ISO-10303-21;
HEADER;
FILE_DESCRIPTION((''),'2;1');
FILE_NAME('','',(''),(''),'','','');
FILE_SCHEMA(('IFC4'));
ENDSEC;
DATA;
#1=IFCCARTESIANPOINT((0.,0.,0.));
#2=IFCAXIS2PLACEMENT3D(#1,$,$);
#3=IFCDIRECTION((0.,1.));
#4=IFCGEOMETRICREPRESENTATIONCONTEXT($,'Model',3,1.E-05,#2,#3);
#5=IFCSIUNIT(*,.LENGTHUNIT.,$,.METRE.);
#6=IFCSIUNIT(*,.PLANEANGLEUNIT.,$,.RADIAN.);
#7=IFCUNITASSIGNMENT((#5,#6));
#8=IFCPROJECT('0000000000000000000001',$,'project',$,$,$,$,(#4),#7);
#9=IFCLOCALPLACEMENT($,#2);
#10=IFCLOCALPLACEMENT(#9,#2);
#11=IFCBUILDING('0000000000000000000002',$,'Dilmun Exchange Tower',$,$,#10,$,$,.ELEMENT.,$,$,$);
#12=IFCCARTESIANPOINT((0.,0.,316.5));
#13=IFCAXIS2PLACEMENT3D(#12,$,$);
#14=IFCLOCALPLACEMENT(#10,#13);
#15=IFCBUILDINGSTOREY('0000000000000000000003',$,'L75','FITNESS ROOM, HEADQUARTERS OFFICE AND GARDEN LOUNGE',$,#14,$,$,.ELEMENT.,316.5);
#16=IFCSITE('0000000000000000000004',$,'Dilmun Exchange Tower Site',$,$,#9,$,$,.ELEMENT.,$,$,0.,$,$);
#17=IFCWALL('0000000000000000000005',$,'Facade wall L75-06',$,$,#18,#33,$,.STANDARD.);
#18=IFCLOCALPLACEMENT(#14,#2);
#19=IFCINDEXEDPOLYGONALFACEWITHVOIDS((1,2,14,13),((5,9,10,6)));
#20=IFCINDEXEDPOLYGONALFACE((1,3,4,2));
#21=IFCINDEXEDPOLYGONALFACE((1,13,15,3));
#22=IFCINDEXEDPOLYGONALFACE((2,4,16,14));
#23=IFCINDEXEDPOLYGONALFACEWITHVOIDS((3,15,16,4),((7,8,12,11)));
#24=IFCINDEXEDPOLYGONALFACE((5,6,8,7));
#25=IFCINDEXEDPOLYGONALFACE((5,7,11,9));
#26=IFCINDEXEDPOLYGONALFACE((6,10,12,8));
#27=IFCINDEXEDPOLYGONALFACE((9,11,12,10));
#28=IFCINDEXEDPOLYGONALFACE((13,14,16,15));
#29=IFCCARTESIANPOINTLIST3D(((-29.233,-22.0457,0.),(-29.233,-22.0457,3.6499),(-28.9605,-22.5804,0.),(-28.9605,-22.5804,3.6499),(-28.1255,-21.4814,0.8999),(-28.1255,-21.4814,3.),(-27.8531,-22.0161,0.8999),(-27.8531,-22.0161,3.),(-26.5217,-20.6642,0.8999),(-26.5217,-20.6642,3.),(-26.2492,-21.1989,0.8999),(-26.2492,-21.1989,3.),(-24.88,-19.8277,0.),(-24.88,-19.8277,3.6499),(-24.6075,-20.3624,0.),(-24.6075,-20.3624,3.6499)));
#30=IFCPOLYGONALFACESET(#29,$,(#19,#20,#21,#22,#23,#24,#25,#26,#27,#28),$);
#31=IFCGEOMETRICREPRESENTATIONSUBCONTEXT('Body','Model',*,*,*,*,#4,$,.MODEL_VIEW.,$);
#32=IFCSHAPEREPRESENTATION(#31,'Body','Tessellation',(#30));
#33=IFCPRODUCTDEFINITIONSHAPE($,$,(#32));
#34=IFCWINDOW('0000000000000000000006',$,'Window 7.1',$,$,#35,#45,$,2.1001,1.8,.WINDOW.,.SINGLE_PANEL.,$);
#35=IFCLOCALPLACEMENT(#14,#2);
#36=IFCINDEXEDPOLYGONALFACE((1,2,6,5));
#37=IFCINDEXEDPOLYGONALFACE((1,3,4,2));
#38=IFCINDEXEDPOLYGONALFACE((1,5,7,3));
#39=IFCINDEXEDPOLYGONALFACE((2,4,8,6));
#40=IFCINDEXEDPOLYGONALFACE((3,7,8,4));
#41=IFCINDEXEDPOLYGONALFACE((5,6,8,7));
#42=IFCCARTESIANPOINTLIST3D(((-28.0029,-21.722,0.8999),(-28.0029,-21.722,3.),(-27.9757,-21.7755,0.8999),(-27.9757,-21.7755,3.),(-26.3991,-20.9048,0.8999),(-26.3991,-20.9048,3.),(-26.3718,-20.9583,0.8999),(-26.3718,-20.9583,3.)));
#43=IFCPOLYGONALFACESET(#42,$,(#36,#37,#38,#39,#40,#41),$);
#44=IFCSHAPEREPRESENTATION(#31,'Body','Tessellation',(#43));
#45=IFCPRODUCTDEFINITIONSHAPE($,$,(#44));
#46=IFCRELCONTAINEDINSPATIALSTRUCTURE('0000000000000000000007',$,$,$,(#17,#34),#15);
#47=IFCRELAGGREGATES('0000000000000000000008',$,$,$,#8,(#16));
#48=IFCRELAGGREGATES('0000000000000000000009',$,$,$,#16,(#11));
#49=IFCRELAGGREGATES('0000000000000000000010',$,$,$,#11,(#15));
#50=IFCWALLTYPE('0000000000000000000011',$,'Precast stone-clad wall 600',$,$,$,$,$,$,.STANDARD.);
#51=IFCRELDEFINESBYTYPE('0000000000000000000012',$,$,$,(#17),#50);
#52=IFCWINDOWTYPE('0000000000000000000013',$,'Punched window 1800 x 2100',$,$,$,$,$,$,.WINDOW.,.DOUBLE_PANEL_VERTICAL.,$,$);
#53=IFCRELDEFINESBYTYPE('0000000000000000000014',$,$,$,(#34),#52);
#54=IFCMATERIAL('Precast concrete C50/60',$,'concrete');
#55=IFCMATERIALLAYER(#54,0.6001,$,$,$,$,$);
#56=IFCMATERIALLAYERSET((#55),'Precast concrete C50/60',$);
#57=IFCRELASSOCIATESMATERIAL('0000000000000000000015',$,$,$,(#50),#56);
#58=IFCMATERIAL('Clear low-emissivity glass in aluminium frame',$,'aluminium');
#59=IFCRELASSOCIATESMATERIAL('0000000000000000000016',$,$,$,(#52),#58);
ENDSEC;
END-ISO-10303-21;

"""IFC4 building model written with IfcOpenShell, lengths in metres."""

from ifc_helpers import new_model, si_unit, direction, frame, frame_2d, origin, place, context, subcontext, project, spatial, rectangle, extrude, material, layer, layer_set, type_object, element, fill, save


model = new_model("IFC4")

# Units and contexts
model_context = context("Model", 3, precision=1e-05, world=origin(), true_north=direction((0.0, 1.0)))
body_context = subcontext(model_context, "Body", "Model", "MODEL_VIEW")
ifc_project = project(units=[si_unit("LENGTHUNIT", "METRE"), si_unit("PLANEANGLEUNIT", "RADIAN")], contexts=[model_context])

# Site, building, storey
site_placement = place(None, origin())
site = spatial("IfcSite", under=ifc_project, at=site_placement, Name="Dilmun Exchange Tower Site", CompositionType="ELEMENT", RefElevation=0.0)
building_placement = place(site_placement, origin())
building = spatial("IfcBuilding", under=site, at=building_placement, Name="Dilmun Exchange Tower", CompositionType="ELEMENT")
storey_placement = place(building_placement, frame((0.0, 0.0, 316.5)))
storey = spatial("IfcBuildingStorey", under=building, at=storey_placement, Name="L75", Description="FITNESS ROOM, HEADQUARTERS OFFICE AND GARDEN LOUNGE", CompositionType="ELEMENT", Elevation=316.5)

# Wall, opening, window
ifc_material_1 = material(Name="Precast concrete C50/60", Category="concrete")
ifc_layer_1 = layer(ifc_material_1, 0.6001)
ifc_layer_set_1 = layer_set([ifc_layer_1], Name="Precast concrete C50/60")
wall_type_1 = type_object("IfcWallType", Name="Precast stone-clad wall 600", PredefinedType="STANDARD", material=ifc_layer_set_1)
ifc_material_2 = material(Name="Clear low-emissivity glass in aluminium frame", Category="aluminium")
window_type_1 = type_object("IfcWindowType", Name="Punched window 1800 x 2100", PartitioningType="DOUBLE_PANEL_VERTICAL", PredefinedType="WINDOW", material=ifc_material_2)
wall_1_placement = place(storey_placement, frame((-24.7437, -20.095, 0.0), z_axis=(0.0, 0.0, 1.0), x_axis=(-0.891003, -0.453997, 0.0)))
wall_1 = element("IfcWall", 1, at=wall_1_placement, inside=storey, type_object=wall_type_1, Name="Facade wall L75-06", PredefinedType="STANDARD", context=body_context, shape_type="SweptSolid", body=[
    extrude(rectangle(XDim=4.8855, YDim=0.6001, at=frame_2d((2.4429, 0.0))), origin(), (0.0, 0.0, 1.0), 3.6499),
])
opening_1_placement = place(wall_1_placement, frame((1.8428, 0.0, 0.8999)))
opening_1 = element("IfcOpeningElement", 2, at=opening_1_placement, cuts=wall_1, PredefinedType="OPENING", context=body_context, shape_type="SweptSolid", body=[
    extrude(rectangle(XDim=1.8, YDim=2.1001, at=frame_2d((0.8999, 1.05))), frame((0.0, 0.3101, 0.0), z_axis=(0.0, -1.0, 0.0), x_axis=(1.0, 0.0, 0.0)), (0.0, 0.0, 1.0), 0.6201),
])
window_1_placement = place(opening_1_placement, origin())
window_1 = element("IfcWindow", 3, at=window_1_placement, inside=storey, type_object=window_type_1, Name="Window 7.1", OverallHeight=2.1001, OverallWidth=1.8, PartitioningType="SINGLE_PANEL", PredefinedType="WINDOW", context=body_context, shape_type="SweptSolid", body=[
    extrude(rectangle(XDim=1.8, YDim=2.1001, at=frame_2d((0.8999, 1.05))), frame((0.0, 0.03, 0.0), z_axis=(0.0, -1.0, 0.0), x_axis=(1.0, 0.0, 0.0)), (0.0, 0.0, 1.0), 0.0601),
])
fill(opening_1, window_1)

save(model, "model.ifc")
